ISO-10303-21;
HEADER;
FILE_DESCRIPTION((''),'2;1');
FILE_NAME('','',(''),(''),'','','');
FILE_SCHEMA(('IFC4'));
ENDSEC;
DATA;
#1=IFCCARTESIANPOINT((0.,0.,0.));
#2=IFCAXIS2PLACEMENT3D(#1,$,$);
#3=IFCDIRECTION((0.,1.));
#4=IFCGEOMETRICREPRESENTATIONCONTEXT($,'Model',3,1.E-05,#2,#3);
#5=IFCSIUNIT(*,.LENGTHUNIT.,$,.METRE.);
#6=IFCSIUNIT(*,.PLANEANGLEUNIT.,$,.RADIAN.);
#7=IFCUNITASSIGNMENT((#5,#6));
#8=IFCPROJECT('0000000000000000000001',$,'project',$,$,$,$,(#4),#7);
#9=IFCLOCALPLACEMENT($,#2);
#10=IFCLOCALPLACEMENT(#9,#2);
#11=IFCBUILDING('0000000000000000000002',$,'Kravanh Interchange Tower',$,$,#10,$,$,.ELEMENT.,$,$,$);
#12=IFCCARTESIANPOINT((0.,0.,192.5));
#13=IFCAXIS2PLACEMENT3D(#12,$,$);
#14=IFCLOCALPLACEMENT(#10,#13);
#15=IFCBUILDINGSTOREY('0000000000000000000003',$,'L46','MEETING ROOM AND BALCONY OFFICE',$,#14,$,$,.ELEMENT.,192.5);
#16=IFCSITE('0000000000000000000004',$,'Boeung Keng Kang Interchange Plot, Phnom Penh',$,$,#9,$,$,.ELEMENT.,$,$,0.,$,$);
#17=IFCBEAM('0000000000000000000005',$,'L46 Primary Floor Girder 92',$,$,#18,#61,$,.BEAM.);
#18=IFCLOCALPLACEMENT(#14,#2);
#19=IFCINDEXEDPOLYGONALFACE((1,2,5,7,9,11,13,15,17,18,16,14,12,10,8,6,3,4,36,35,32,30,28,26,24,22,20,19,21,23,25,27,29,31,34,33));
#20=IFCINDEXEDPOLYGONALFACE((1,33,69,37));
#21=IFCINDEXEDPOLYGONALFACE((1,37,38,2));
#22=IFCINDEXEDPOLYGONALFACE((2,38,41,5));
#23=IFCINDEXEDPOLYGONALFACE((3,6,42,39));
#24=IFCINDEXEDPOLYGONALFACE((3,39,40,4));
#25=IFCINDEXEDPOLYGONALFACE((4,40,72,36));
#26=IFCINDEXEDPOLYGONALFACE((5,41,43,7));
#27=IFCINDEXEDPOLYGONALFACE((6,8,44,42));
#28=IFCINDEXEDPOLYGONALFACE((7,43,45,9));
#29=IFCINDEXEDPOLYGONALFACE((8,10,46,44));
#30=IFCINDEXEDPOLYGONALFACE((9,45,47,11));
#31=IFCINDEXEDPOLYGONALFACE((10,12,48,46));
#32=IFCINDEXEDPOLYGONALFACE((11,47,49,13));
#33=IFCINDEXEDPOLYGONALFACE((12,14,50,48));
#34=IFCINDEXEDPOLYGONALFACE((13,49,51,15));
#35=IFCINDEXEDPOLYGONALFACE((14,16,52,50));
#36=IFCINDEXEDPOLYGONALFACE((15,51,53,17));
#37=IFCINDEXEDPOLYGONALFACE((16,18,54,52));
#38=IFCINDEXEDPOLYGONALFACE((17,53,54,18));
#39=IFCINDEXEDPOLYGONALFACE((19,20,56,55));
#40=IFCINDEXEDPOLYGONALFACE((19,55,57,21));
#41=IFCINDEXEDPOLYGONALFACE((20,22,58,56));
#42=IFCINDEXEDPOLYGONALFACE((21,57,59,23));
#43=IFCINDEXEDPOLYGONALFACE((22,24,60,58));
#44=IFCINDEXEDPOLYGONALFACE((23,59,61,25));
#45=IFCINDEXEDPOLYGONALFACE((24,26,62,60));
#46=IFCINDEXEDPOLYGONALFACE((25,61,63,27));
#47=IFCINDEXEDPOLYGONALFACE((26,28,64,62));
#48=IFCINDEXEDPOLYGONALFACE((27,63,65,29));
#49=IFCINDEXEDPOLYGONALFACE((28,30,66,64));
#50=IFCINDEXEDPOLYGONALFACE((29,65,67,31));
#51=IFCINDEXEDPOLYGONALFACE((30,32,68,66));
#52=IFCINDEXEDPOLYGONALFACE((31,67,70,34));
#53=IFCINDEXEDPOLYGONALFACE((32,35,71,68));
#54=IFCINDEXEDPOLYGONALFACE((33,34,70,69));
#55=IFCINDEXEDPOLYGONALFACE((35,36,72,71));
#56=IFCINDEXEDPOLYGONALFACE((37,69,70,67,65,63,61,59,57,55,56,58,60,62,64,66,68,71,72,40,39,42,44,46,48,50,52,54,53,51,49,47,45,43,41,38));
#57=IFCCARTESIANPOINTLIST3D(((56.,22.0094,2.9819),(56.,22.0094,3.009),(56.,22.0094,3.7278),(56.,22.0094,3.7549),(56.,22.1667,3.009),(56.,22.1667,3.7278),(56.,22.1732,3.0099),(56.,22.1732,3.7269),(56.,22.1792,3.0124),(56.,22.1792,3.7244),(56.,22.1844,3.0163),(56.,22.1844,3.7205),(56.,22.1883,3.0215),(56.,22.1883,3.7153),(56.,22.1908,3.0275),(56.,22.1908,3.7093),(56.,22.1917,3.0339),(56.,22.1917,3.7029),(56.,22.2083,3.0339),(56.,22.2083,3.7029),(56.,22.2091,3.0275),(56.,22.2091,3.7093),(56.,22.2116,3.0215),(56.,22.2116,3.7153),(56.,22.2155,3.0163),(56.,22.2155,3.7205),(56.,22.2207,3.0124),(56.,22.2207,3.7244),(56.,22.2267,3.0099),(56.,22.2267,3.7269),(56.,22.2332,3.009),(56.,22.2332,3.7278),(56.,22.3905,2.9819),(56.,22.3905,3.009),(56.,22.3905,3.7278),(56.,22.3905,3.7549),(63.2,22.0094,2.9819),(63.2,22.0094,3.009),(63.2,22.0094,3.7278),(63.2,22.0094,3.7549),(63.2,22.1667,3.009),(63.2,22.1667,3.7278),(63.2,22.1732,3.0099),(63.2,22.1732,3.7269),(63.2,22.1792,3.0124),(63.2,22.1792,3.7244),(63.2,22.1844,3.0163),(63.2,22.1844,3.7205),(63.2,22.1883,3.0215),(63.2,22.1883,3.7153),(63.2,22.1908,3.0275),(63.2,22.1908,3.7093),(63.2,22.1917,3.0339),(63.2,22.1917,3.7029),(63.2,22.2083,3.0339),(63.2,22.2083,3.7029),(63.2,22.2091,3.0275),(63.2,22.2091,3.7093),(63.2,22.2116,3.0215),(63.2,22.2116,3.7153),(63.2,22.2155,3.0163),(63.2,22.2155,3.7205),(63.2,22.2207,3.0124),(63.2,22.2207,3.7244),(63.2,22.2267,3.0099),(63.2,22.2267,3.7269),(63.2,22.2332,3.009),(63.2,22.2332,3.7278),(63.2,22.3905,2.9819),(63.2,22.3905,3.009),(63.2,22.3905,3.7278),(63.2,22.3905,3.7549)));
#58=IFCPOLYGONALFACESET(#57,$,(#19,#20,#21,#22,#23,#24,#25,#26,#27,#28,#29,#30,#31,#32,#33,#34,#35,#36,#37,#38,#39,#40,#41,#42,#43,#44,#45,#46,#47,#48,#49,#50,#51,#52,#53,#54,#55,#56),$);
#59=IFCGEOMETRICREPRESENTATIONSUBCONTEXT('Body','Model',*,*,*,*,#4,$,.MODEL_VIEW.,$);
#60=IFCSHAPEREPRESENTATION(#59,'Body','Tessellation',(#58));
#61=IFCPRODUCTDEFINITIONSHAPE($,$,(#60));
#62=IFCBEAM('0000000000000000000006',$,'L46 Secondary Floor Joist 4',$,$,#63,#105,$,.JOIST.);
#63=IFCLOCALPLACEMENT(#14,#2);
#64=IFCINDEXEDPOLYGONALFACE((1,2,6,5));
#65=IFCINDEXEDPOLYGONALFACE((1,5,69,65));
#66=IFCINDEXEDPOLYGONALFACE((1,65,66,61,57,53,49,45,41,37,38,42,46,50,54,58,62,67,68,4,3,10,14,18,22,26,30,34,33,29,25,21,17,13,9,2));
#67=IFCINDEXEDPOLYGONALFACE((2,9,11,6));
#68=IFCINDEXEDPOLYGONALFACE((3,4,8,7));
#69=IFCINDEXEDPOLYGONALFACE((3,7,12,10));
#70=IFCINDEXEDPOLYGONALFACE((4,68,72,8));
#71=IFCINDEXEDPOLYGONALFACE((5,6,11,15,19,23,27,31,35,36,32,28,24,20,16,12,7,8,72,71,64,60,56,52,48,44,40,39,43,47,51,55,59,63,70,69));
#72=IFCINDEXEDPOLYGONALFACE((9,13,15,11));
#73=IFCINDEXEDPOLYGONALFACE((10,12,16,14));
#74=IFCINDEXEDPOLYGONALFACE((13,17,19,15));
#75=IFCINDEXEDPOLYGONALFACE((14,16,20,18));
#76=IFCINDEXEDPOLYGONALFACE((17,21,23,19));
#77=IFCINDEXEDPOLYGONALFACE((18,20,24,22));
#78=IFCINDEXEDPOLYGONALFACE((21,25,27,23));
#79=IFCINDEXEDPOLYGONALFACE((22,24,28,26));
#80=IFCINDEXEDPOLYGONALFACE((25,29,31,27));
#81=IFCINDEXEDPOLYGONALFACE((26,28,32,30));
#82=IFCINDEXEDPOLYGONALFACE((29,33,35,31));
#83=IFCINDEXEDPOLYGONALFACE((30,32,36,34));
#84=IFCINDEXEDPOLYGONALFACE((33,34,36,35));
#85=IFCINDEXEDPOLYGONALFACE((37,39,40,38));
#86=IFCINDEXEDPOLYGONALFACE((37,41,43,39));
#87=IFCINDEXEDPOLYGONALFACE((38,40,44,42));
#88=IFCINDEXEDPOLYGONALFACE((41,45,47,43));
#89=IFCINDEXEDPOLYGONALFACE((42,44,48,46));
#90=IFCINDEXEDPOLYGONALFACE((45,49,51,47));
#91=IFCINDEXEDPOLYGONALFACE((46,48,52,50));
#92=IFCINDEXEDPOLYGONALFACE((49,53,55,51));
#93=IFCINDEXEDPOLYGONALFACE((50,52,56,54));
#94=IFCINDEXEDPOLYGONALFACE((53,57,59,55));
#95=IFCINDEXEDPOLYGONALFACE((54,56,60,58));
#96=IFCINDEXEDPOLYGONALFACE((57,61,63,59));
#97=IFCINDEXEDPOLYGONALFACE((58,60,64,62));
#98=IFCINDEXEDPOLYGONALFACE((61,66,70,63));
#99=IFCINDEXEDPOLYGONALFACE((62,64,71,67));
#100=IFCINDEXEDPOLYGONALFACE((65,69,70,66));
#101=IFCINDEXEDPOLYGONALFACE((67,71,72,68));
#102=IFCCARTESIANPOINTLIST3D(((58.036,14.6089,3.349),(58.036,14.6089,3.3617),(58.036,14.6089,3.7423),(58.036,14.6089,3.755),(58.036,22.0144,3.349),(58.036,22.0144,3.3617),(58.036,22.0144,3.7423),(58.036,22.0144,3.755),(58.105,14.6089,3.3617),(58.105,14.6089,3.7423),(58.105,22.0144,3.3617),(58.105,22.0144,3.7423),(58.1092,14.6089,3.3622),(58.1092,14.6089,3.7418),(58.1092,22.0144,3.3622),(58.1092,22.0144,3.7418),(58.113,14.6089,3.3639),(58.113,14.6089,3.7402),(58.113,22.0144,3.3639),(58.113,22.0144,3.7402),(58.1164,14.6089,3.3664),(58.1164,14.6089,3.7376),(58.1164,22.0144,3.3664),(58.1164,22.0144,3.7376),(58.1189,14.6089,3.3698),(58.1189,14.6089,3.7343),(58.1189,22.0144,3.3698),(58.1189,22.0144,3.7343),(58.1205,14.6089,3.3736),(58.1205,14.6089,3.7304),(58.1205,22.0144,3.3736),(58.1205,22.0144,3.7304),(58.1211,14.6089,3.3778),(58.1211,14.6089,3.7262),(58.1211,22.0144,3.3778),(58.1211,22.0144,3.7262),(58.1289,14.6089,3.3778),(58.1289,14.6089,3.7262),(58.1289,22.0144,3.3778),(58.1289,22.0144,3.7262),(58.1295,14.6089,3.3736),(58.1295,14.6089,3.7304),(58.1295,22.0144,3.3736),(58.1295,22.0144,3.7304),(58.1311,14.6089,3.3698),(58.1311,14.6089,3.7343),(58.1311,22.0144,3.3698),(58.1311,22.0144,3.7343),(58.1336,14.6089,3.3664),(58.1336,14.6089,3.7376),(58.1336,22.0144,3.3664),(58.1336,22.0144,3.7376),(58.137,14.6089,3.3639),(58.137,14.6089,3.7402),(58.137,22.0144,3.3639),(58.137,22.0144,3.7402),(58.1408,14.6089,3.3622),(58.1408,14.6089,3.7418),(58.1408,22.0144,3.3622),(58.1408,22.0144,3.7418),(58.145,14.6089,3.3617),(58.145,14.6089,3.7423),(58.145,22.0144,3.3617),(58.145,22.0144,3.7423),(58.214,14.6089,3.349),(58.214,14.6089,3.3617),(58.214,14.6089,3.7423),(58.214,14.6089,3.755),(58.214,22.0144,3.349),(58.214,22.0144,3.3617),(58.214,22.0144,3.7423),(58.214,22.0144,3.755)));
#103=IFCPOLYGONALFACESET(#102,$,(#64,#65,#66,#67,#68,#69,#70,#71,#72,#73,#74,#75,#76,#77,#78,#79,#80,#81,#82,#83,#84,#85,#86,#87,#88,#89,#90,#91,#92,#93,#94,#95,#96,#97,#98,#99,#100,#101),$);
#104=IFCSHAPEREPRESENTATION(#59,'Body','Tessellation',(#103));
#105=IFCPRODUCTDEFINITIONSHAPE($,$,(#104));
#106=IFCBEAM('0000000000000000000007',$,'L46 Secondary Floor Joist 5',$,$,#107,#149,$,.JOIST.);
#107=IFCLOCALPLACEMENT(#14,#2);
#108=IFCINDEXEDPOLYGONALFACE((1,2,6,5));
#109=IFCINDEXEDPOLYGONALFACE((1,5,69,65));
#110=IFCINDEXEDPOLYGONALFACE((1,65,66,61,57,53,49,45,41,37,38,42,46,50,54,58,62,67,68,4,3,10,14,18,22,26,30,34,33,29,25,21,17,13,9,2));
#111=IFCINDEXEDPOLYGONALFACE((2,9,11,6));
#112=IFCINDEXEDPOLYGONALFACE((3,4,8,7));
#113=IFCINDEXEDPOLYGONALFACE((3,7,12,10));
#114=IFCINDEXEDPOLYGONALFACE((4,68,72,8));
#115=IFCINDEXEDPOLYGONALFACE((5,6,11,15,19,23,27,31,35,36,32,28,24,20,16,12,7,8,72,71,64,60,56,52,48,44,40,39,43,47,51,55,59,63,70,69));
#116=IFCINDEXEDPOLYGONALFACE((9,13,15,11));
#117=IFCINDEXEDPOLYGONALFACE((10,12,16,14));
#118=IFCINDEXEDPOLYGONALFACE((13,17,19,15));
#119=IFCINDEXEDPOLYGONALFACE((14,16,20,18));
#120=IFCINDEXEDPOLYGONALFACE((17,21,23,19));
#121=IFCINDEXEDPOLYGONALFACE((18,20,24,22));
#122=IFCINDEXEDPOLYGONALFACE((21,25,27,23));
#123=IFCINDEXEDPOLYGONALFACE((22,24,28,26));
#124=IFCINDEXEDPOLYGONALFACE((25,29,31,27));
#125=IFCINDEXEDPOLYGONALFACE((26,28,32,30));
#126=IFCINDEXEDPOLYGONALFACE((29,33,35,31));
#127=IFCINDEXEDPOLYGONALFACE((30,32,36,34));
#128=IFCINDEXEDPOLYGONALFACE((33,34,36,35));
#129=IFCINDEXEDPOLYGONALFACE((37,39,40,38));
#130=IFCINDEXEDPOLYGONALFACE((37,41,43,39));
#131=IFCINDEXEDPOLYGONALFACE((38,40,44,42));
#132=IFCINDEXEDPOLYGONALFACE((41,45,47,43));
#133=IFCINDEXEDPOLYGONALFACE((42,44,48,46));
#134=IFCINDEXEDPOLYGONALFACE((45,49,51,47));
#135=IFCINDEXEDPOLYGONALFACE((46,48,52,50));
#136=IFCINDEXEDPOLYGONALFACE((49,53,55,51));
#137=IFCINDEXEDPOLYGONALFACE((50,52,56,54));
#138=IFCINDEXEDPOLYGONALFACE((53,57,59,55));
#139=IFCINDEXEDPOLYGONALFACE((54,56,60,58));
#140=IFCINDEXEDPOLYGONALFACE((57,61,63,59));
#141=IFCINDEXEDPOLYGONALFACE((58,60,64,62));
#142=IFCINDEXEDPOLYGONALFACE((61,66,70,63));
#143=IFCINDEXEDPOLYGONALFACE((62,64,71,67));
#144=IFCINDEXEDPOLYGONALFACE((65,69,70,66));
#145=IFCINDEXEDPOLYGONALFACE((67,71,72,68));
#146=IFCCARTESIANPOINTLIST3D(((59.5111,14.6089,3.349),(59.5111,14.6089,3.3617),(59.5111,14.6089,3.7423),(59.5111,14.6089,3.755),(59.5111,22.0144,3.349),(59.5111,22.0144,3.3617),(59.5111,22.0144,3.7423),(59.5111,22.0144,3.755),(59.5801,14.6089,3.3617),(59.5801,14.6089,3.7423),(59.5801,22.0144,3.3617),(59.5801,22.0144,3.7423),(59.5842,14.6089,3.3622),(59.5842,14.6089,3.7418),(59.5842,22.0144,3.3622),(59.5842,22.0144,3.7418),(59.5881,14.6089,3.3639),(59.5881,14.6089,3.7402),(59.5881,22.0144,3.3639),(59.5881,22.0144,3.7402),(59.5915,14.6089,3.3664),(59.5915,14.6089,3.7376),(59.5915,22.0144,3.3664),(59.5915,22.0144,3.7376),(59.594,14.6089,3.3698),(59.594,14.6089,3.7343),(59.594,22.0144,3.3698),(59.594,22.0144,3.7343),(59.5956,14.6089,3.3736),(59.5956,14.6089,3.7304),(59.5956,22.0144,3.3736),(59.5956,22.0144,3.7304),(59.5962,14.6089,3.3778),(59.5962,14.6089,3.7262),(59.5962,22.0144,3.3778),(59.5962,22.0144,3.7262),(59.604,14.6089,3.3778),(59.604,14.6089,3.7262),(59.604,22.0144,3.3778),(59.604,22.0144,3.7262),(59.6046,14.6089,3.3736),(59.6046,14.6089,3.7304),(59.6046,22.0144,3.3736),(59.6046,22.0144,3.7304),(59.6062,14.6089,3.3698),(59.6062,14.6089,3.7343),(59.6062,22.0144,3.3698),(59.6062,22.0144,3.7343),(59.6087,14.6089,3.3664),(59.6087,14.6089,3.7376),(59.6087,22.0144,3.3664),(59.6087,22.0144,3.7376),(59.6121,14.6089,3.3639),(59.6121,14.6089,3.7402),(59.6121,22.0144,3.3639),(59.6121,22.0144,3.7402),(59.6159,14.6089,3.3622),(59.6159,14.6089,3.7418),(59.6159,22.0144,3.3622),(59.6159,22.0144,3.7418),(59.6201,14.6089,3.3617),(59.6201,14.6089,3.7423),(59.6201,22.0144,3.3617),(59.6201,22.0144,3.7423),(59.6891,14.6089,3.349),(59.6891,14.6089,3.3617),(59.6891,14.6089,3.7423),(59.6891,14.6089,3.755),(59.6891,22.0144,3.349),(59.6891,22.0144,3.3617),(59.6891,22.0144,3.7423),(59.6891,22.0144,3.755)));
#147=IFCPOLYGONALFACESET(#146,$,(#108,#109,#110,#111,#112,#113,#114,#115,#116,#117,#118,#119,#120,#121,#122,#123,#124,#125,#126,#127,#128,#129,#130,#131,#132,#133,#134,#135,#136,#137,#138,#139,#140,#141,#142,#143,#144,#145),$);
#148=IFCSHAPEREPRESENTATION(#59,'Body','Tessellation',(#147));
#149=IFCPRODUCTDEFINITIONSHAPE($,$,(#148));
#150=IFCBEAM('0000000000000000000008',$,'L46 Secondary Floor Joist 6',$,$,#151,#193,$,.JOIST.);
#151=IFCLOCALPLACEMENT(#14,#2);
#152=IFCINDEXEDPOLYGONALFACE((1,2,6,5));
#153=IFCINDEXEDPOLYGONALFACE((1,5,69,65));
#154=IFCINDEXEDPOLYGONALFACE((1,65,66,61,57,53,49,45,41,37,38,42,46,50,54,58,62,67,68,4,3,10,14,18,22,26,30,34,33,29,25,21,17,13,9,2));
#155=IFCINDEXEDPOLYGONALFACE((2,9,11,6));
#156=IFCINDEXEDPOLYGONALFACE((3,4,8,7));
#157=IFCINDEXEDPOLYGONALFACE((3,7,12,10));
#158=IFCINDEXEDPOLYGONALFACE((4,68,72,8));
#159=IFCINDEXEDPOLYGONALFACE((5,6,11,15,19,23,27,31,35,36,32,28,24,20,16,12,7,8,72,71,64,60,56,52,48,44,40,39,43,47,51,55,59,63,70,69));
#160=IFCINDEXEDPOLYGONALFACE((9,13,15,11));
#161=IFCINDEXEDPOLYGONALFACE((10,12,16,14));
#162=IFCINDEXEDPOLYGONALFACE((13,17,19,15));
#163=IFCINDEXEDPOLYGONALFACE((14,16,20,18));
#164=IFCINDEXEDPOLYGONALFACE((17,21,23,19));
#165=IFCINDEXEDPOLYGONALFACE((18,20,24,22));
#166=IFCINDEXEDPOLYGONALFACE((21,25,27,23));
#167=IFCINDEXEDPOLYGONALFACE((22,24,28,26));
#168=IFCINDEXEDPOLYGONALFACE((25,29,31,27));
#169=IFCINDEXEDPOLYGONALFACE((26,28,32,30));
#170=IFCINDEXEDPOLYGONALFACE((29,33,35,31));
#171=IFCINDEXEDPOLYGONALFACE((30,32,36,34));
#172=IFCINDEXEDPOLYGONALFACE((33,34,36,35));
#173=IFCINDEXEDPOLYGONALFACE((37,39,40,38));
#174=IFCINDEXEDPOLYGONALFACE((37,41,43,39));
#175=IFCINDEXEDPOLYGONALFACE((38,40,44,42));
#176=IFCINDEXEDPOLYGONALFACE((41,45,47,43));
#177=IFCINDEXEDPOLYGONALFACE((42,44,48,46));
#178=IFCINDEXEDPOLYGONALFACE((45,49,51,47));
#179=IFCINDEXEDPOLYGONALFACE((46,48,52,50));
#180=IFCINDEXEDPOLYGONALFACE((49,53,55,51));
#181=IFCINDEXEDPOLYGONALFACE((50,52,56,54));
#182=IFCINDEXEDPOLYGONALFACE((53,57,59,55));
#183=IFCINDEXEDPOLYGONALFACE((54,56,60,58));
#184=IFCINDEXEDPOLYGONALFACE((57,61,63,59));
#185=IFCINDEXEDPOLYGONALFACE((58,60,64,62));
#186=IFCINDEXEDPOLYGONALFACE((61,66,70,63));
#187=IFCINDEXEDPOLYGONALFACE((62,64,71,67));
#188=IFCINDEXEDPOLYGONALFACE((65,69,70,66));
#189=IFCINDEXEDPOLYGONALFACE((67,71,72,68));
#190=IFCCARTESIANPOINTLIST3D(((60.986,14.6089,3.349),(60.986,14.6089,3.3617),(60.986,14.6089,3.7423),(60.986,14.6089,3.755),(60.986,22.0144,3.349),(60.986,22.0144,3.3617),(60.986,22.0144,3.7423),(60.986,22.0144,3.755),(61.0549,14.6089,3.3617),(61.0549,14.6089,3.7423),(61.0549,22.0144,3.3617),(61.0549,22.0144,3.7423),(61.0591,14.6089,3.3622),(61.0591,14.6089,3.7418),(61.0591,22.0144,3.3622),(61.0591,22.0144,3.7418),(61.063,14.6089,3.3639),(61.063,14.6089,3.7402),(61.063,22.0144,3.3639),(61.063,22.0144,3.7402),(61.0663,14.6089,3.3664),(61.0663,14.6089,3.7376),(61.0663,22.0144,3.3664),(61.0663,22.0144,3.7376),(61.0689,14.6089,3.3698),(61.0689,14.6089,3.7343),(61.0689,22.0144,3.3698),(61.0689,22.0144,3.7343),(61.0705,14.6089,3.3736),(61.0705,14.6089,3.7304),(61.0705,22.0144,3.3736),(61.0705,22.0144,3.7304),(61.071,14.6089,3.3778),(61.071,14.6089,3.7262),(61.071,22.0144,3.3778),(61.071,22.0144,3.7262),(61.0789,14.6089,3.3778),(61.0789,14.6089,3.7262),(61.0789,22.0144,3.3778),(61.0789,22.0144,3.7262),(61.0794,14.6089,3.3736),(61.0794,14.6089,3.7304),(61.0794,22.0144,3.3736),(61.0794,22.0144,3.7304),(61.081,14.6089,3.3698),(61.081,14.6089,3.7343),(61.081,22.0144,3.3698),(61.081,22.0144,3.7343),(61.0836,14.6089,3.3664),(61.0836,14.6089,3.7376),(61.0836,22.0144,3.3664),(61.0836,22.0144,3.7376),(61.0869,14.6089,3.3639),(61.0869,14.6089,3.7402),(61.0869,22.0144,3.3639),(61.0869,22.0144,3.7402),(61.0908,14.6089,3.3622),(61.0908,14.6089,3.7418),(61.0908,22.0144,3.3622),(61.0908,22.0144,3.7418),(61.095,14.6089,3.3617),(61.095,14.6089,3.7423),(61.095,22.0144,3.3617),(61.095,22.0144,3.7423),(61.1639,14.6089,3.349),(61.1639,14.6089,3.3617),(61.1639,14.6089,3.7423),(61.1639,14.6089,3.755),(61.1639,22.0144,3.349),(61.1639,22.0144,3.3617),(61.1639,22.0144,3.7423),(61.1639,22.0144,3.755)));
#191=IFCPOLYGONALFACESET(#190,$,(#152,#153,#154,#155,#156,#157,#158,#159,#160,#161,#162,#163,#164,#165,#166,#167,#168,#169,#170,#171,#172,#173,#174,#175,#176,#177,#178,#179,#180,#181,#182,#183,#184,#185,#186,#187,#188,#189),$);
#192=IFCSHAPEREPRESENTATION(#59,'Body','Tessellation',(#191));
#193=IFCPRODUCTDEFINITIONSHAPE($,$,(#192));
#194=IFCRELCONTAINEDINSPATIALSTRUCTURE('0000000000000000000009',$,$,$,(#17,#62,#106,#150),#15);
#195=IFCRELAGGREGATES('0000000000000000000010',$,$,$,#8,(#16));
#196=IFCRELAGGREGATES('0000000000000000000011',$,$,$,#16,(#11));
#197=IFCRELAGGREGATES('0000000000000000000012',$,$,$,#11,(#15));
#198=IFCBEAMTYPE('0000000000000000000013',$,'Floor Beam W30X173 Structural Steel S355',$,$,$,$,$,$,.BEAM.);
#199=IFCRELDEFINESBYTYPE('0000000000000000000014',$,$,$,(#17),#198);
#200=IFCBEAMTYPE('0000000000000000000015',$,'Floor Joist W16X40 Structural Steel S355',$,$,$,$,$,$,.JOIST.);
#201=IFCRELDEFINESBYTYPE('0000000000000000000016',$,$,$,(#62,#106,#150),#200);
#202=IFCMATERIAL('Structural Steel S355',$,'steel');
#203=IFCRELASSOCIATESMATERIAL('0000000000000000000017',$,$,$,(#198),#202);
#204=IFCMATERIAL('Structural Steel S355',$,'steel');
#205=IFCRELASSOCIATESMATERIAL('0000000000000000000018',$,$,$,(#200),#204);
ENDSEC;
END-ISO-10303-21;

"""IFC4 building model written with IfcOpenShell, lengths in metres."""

from ifc_helpers import new_model, si_unit, direction, frame, origin, origin_2d, place, context, subcontext, project, spatial, i_section, extrude, material, material_profile, profile_set, type_object, element, save


model = new_model("IFC4")

# Units and contexts
model_context = context("Model", 3, precision=1e-05, world=origin(), true_north=direction((0.0, 1.0)))
body_context = subcontext(model_context, "Body", "Model", "MODEL_VIEW")
ifc_project = project(units=[si_unit("LENGTHUNIT", "METRE"), si_unit("PLANEANGLEUNIT", "RADIAN")], contexts=[model_context])

# Site, building, storey
site_placement = place(None, origin())
site = spatial("IfcSite", under=ifc_project, at=site_placement, Name="Boeung Keng Kang Interchange Plot, Phnom Penh", CompositionType="ELEMENT", RefElevation=0.0)
building_placement = place(site_placement, origin())
building = spatial("IfcBuilding", under=site, at=building_placement, Name="Kravanh Interchange Tower", CompositionType="ELEMENT")
storey_placement = place(building_placement, frame((0.0, 0.0, 192.5)))
storey = spatial("IfcBuildingStorey", under=building, at=storey_placement, Name="L46", Description="MEETING ROOM AND BALCONY OFFICE", CompositionType="ELEMENT", Elevation=192.5)

# Beams
ifc_material_1 = material(Name="Structural Steel S355", Category="steel")
ifc_material_profile_1 = material_profile(ifc_material_1, i_section(OverallWidth=0.3811, OverallDepth=0.7729, WebThickness=0.0166, FlangeThickness=0.0271, FilletRadius=0.0249, at=origin_2d()), Name="W30X173")
ifc_profile_set_1 = profile_set([ifc_material_profile_1], Name="Structural Steel S355")
beam_type_1 = type_object("IfcBeamType", Name="Floor Beam W30X173 Structural Steel S355", PredefinedType="BEAM", material=ifc_profile_set_1)
beam_1_placement = place(storey_placement, frame((56.0, 22.2, 3.3684), z_axis=(1.0, 0.0, 0.0), x_axis=(0.0, 1.0, 0.0)))
element("IfcBeam", 1, at=beam_1_placement, inside=storey, type_object=beam_type_1, Name="L46 Primary Floor Girder 92", PredefinedType="BEAM", context=body_context, shape_type="SweptSolid", body=[
    extrude(i_section(OverallWidth=0.3811, OverallDepth=0.7729, WebThickness=0.0166, FlangeThickness=0.0271, FilletRadius=0.0249, at=origin_2d()), origin(), (0.0, 0.0, 1.0), 7.2),
])
ifc_material_2 = material(Name="Structural Steel S355", Category="steel")
ifc_material_profile_2 = material_profile(ifc_material_2, i_section(OverallWidth=0.178, OverallDepth=0.406, WebThickness=0.0078, FlangeThickness=0.0127, FilletRadius=0.0161, at=origin_2d()), Name="W16X40")
ifc_profile_set_2 = profile_set([ifc_material_profile_2], Name="Structural Steel S355")
beam_type_2 = type_object("IfcBeamType", Name="Floor Joist W16X40 Structural Steel S355", PredefinedType="JOIST", material=ifc_profile_set_2)
for number, where, z_axis, x_axis, name in (
    (2, (58.125, 14.6089, 3.552), (0.0, 1.0, 0.0), (-1.0, 0.0, 0.0), "L46 Secondary Floor Joist 4"),
    (3, (59.6001, 14.6089, 3.552), (0.0, 1.0, 0.0), (-1.0, 0.0, 0.0), "L46 Secondary Floor Joist 5"),
    (4, (61.075, 14.6089, 3.552), (0.0, 1.0, 0.0), (-1.0, 0.0, 0.0), "L46 Secondary Floor Joist 6"),
):
    element("IfcBeam", number, at=place(storey_placement, frame(where, z_axis=z_axis, x_axis=x_axis)), inside=storey, type_object=beam_type_2, Name=name, PredefinedType="JOIST", context=body_context, shape_type="SweptSolid", body=[
        extrude(i_section(OverallWidth=0.178, OverallDepth=0.406, WebThickness=0.0078, FlangeThickness=0.0127, FilletRadius=0.0161, at=origin_2d()), origin(), (0.0, 0.0, 1.0), 7.4055),
    ])

save(model, "model.ifc")
